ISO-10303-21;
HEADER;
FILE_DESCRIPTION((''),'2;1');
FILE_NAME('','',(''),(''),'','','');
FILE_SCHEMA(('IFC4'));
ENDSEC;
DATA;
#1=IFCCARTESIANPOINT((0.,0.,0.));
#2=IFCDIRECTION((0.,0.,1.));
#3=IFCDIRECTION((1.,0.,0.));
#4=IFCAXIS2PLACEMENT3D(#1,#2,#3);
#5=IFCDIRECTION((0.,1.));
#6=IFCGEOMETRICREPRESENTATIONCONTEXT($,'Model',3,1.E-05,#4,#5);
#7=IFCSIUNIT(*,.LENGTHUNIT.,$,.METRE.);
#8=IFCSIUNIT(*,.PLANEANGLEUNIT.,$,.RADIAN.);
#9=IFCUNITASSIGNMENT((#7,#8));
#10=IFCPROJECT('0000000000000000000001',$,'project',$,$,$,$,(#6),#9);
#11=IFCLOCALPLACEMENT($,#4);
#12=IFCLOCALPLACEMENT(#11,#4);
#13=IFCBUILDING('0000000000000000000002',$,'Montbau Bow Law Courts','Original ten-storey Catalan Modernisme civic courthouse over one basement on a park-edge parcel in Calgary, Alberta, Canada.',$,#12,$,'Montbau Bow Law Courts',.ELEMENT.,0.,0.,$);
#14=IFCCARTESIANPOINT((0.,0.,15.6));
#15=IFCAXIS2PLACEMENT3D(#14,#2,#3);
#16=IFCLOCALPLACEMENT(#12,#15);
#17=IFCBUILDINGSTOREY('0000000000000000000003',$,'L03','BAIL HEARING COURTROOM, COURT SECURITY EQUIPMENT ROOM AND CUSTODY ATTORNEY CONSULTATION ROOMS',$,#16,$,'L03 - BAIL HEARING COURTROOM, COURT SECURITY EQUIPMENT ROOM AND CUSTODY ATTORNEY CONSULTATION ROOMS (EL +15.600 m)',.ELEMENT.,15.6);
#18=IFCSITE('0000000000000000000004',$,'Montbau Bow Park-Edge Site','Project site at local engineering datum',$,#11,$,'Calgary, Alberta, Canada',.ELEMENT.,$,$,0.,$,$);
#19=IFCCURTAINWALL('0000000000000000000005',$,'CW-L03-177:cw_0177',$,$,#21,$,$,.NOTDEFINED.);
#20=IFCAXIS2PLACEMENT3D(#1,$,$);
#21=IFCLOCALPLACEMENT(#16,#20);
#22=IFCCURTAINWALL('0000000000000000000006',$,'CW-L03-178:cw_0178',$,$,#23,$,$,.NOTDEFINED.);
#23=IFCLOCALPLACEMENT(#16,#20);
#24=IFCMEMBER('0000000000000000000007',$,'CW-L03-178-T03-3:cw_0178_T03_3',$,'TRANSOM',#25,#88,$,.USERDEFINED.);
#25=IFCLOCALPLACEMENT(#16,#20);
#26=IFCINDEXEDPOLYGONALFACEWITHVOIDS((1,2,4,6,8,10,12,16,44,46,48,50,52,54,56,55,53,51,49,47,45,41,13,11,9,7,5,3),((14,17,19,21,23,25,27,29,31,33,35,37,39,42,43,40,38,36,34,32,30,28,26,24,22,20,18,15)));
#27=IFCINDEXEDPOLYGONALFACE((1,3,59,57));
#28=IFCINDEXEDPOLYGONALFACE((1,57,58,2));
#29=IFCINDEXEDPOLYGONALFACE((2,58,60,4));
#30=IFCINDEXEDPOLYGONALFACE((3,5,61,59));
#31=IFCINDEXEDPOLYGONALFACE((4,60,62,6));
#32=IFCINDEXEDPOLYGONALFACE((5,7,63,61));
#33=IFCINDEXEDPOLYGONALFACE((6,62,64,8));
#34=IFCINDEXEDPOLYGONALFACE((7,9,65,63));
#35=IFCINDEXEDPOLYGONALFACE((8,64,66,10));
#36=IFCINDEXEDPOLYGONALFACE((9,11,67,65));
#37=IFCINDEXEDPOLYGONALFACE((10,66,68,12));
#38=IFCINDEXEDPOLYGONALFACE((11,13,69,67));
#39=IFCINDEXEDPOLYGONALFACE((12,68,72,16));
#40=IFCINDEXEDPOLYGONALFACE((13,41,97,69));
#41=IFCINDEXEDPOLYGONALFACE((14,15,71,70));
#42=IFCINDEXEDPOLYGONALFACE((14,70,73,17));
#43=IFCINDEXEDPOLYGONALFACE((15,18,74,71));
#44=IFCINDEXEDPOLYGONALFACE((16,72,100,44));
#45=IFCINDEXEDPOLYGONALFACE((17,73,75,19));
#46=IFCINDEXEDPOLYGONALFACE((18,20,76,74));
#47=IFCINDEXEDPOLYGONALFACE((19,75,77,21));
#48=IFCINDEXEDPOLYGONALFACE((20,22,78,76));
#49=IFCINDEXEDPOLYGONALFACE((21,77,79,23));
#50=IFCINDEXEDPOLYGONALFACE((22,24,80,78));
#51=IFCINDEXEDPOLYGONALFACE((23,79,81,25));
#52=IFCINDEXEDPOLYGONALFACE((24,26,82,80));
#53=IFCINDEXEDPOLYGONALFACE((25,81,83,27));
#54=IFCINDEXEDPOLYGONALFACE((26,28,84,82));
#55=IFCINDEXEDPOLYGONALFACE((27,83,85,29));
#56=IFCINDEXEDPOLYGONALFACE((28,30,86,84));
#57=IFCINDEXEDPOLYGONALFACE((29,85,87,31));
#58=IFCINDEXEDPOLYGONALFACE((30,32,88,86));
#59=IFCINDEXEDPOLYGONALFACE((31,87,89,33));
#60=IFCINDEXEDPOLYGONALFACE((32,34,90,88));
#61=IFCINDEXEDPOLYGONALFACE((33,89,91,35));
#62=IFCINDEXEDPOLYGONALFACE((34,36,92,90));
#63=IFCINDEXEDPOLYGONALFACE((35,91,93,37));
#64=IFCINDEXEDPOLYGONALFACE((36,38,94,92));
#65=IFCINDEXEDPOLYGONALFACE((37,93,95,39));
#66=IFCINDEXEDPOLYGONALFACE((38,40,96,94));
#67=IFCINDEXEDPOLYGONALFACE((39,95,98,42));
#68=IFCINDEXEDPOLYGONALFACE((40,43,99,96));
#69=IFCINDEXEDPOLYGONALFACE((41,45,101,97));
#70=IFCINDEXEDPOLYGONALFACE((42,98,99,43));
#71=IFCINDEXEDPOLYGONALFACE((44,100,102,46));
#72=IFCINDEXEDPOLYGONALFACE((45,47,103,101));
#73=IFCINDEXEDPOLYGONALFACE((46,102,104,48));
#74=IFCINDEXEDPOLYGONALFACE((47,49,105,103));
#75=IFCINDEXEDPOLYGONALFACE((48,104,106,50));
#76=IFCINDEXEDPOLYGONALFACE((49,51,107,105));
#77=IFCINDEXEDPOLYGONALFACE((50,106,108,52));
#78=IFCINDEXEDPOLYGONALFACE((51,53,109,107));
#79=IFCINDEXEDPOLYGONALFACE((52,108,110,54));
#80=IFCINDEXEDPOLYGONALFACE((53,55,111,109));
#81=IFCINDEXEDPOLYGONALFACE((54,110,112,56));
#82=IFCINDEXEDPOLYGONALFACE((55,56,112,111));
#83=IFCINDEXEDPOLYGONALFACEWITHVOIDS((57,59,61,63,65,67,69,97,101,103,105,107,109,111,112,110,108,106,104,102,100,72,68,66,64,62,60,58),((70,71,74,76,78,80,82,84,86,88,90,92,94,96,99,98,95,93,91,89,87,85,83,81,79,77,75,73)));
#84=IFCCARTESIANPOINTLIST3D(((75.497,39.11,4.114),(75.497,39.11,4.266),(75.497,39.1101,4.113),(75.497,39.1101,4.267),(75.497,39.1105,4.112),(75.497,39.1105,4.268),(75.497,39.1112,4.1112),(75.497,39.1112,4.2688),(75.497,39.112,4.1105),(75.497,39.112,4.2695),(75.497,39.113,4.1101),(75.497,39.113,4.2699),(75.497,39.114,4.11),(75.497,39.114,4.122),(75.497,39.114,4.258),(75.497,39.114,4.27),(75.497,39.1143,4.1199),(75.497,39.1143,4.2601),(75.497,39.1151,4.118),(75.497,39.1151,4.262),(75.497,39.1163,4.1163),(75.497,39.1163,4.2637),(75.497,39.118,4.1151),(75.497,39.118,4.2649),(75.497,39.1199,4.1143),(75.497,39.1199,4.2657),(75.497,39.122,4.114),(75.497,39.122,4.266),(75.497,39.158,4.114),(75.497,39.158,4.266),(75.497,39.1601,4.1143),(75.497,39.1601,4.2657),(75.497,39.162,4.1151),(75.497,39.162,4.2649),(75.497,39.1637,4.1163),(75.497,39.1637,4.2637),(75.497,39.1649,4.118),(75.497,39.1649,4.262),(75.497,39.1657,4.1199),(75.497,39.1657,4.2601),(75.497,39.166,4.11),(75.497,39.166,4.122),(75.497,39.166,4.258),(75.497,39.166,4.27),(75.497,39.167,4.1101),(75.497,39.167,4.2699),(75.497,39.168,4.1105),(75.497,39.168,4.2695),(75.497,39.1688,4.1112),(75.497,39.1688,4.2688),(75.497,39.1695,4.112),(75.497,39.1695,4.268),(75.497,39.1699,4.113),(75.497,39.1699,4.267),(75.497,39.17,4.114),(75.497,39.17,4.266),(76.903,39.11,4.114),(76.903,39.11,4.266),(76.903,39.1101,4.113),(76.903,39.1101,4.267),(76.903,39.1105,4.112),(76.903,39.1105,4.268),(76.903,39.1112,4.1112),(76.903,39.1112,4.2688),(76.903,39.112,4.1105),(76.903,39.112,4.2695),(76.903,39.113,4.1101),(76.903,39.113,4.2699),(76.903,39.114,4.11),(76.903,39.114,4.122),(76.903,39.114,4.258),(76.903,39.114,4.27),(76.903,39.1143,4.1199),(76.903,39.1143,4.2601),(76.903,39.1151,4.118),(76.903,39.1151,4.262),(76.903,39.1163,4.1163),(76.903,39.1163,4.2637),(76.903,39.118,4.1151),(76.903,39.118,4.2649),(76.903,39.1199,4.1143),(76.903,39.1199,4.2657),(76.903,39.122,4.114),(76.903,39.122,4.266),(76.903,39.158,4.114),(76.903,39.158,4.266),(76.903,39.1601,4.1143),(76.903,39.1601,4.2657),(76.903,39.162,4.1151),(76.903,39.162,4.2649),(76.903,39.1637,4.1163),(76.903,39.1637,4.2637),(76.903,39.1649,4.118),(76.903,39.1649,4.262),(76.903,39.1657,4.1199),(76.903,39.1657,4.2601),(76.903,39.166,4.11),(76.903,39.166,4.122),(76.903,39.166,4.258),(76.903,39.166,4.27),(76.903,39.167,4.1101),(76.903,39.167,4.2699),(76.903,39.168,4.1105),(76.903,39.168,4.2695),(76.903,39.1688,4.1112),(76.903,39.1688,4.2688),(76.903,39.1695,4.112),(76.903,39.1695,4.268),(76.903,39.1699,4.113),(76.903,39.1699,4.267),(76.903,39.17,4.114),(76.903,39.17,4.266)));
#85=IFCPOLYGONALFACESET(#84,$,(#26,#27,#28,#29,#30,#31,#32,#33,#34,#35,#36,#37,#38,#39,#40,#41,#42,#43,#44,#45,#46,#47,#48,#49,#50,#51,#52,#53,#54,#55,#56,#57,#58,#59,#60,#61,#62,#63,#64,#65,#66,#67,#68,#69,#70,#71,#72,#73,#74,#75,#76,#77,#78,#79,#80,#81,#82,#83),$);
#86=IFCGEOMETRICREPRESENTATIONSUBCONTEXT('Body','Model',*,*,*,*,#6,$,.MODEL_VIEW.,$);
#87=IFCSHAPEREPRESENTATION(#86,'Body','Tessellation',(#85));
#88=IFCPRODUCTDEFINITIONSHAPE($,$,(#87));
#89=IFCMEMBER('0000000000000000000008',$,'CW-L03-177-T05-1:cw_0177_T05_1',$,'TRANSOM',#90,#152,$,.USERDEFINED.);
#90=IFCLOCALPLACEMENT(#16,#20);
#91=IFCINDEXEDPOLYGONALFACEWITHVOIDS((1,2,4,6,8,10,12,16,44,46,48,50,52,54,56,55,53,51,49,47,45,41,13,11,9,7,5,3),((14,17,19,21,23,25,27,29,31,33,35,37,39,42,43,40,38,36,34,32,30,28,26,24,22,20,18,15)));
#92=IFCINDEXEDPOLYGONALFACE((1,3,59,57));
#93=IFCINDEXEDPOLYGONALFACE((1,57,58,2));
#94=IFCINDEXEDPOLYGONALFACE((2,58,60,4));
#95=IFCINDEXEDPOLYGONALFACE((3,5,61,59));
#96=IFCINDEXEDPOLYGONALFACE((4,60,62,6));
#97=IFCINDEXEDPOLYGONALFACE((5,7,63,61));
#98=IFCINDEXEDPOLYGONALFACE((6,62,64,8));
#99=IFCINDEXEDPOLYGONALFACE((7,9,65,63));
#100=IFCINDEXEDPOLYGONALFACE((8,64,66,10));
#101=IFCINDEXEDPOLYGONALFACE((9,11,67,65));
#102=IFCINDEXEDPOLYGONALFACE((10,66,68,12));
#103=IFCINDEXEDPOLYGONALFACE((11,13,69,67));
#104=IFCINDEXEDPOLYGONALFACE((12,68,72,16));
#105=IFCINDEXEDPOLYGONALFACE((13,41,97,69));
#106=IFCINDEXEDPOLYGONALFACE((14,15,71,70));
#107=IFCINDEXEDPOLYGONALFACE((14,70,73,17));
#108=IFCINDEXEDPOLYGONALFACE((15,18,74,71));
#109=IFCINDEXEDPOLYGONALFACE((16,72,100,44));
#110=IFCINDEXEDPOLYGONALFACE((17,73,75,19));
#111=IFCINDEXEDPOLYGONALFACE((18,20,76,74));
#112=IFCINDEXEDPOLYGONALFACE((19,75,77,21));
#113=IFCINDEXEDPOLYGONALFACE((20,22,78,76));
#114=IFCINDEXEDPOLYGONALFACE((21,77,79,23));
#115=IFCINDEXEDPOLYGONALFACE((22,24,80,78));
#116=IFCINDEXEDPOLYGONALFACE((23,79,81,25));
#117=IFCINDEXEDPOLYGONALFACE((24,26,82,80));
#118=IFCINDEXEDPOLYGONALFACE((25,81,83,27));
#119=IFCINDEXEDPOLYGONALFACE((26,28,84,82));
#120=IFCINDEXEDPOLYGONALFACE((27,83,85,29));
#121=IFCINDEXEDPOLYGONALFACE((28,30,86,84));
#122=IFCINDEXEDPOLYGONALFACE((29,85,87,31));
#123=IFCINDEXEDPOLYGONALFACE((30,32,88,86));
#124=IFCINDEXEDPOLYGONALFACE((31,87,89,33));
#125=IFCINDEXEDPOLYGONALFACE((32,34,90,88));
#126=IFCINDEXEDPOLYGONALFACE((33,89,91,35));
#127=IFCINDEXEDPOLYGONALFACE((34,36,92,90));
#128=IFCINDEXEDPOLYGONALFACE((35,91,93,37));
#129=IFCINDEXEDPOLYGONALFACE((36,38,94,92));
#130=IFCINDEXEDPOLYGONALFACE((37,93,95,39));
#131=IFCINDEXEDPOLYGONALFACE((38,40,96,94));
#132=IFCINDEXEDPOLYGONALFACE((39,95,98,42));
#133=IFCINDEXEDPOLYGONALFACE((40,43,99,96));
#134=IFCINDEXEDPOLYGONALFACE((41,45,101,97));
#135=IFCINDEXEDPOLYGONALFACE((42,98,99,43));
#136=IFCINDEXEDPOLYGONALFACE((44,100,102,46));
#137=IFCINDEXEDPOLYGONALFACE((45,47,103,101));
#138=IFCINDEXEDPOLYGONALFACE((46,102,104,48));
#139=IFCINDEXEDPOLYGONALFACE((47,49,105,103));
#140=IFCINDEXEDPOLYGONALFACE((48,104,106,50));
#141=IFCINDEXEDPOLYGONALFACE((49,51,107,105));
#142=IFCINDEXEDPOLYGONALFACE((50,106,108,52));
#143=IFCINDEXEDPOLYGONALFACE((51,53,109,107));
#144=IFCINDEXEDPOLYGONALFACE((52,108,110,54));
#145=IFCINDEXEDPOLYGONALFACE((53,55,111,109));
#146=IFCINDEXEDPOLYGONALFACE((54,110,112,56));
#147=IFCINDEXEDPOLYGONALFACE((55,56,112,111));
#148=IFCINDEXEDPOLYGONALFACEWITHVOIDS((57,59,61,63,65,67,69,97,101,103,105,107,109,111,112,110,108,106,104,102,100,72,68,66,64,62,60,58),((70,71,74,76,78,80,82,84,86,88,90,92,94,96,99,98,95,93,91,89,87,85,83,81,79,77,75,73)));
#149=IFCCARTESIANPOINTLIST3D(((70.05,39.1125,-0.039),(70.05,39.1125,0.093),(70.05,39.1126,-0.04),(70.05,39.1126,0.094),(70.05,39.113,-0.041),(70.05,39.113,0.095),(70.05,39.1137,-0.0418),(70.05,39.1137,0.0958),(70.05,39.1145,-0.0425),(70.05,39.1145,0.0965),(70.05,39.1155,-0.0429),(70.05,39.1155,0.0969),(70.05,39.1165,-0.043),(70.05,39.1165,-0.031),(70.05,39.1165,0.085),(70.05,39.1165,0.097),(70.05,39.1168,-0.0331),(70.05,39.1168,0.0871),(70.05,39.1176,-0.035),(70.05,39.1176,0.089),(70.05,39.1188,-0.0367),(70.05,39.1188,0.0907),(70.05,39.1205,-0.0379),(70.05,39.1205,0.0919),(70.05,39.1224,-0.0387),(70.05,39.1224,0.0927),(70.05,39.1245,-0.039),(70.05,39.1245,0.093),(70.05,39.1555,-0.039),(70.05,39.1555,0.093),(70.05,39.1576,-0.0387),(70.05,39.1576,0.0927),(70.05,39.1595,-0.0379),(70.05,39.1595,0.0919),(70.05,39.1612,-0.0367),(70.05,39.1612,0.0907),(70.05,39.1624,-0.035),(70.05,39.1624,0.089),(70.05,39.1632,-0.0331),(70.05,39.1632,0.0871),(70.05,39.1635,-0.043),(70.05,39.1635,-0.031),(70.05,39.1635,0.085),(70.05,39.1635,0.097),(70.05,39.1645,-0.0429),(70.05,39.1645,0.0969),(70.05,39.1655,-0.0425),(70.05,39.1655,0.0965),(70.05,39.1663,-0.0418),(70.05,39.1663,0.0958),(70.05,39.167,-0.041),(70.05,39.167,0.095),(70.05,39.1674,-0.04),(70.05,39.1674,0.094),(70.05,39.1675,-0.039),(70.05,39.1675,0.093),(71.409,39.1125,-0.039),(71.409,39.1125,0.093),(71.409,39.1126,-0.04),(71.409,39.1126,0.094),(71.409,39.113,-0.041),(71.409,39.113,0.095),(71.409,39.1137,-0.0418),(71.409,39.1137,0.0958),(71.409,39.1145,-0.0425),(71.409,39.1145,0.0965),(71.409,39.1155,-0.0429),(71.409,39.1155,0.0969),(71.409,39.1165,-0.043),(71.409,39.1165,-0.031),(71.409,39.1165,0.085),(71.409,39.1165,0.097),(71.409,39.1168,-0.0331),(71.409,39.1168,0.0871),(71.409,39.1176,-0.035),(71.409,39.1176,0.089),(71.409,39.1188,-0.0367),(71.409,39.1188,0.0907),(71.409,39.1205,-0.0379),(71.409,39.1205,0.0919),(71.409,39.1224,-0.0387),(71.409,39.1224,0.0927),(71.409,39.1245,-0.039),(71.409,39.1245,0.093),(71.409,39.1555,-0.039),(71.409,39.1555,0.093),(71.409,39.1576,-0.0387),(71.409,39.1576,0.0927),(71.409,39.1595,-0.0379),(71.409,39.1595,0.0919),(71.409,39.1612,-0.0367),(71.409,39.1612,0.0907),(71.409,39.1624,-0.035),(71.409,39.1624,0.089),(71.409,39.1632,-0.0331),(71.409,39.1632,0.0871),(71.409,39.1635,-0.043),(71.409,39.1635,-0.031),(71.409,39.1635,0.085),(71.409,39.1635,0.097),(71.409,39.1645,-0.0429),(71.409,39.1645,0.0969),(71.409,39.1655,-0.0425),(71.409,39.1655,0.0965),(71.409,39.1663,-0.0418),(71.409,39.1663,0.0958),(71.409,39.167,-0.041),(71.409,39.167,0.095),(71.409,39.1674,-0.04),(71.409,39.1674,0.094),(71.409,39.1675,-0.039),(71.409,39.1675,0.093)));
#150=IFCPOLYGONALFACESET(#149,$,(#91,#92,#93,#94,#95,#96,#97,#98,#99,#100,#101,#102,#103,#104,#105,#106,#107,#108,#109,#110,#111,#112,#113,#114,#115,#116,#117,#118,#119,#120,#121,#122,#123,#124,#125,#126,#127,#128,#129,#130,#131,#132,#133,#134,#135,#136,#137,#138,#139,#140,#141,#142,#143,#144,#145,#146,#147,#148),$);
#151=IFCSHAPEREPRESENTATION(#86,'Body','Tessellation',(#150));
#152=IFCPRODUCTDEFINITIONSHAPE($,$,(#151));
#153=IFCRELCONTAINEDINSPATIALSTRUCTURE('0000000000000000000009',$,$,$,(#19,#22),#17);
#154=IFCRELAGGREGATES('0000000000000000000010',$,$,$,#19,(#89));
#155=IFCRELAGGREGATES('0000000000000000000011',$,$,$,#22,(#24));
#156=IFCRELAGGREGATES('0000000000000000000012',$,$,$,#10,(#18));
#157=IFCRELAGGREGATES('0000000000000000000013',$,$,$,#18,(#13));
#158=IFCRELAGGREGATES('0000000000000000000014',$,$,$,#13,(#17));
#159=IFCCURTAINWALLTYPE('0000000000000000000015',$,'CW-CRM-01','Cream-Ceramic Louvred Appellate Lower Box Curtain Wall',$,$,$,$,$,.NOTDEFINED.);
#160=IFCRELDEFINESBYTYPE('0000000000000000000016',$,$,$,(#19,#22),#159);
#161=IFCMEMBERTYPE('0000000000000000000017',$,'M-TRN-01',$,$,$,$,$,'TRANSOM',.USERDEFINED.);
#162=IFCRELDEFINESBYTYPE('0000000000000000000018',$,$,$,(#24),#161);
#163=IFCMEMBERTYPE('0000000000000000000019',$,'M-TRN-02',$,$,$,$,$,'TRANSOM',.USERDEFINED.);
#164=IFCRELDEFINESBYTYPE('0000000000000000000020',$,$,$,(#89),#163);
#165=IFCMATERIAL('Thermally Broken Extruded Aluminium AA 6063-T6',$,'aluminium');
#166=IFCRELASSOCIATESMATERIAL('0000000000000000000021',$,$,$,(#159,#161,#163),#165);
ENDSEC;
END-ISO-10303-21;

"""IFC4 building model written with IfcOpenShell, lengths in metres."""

from ifc_helpers import new_model, si_unit, direction, frame, origin_with_axes, origin_2d_with_axis, place, context, subcontext, project, spatial, hollow_rectangle, extrude, material, material_profile, profile_set, type_object, element, aggregate, save


model = new_model("IFC4")

# Units and contexts
model_context = context("Model", 3, precision=1e-05, world=origin_with_axes(), true_north=direction((0.0, 1.0)))
body_context = subcontext(model_context, "Body", "Model", "MODEL_VIEW")
ifc_project = project(units=[si_unit("LENGTHUNIT", "METRE"), si_unit("PLANEANGLEUNIT", "RADIAN")], contexts=[model_context])

# Site, building, storey
site_placement = place(None, origin_with_axes())
site = spatial("IfcSite", under=ifc_project, at=site_placement, Name="Montbau Bow Park-Edge Site", Description="Project site at local engineering datum", LongName="Calgary, Alberta, Canada", CompositionType="ELEMENT", RefElevation=0.0)
building_placement = place(site_placement, origin_with_axes())
building = spatial("IfcBuilding", under=site, at=building_placement, Name="Montbau Bow Law Courts", Description="Original ten-storey Catalan Modernisme civic courthouse over one basement on a park-edge parcel in Calgary, Alberta, Canada.", LongName="Montbau Bow Law Courts", CompositionType="ELEMENT", ElevationOfRefHeight=0.0, ElevationOfTerrain=0.0)
storey_placement = place(building_placement, frame((0.0, 0.0, 15.6), z_axis=(0.0, 0.0, 1.0), x_axis=(1.0, 0.0, 0.0)))
storey = spatial("IfcBuildingStorey", under=building, at=storey_placement, Name="L03", Description="BAIL HEARING COURTROOM, COURT SECURITY EQUIPMENT ROOM AND CUSTODY ATTORNEY CONSULTATION ROOMS", LongName="L03 - BAIL HEARING COURTROOM, COURT SECURITY EQUIPMENT ROOM AND CUSTODY ATTORNEY CONSULTATION ROOMS (EL +15.600 m)", CompositionType="ELEMENT", Elevation=15.6)

# Curtain wall
ifc_material_1 = material(Name="Thermally Broken Extruded Aluminium AA 6063-T6", Category="aluminium")
curtain_wall_type = type_object("IfcCurtainWallType", Name="CW-CRM-01", Description="Cream-Ceramic Louvred Appellate Lower Box Curtain Wall", PredefinedType="NOTDEFINED", material=ifc_material_1)
curtain_wall_1_placement = place(None, frame((64.115, 39.14, 15.6), z_axis=(0.0, 0.0, 1.0), x_axis=(1.0, 0.0, 0.0)))
curtain_wall_1 = element("IfcCurtainWall", 1, at=curtain_wall_1_placement, inside=storey, type_object=curtain_wall_type, Name="CW-L03-177:cw_0177", PredefinedType="NOTDEFINED")

# Curtain wall, member
curtain_wall_2_placement = place(None, frame((72.515, 39.14, 15.6), z_axis=(0.0, 0.0, 1.0), x_axis=(1.0, 0.0, 0.0)))
curtain_wall_2 = element("IfcCurtainWall", 2, at=curtain_wall_2_placement, inside=storey, type_object=curtain_wall_type, Name="CW-L03-178:cw_0178", PredefinedType="NOTDEFINED")
ifc_material_profile_1 = material_profile(ifc_material_1, hollow_rectangle(XDim=0.06, YDim=0.16, WallThickness=0.004, InnerFilletRadius=0.008, OuterFilletRadius=0.004, at=origin_2d_with_axis()), Name="CWT-160X60", Category="Main", Priority=0)
ifc_profile_set_1 = profile_set([ifc_material_profile_1], Name="Thermally Broken Extruded Aluminium AA 6063-T6")
member_type_1 = type_object("IfcMemberType", Name="M-TRN-01", ElementType="TRANSOM", PredefinedType="USERDEFINED", material=ifc_profile_set_1)
member_1_placement = place(None, frame((75.497, 39.14, 19.79), z_axis=(1.0, 0.0, 0.0), x_axis=(0.0, 1.0, 0.0)))
member_1 = element("IfcMember", 3, at=member_1_placement, type_object=member_type_1, Name="CW-L03-178-T03-3:cw_0178_T03_3", ObjectType="TRANSOM", PredefinedType="USERDEFINED", context=body_context, shape_type="SweptSolid", body=[
    extrude(hollow_rectangle(XDim=0.06, YDim=0.16, WallThickness=0.004, InnerFilletRadius=0.008, OuterFilletRadius=0.004, at=origin_2d_with_axis()), origin_with_axes(), (0.0, 0.0, 1.0), 1.406),
])

# Member
ifc_material_profile_2 = material_profile(ifc_material_1, hollow_rectangle(XDim=0.055, YDim=0.14, WallThickness=0.004, InnerFilletRadius=0.008, OuterFilletRadius=0.004, at=origin_2d_with_axis()), Name="CWT-140X55", Category="Main", Priority=0)
ifc_profile_set_2 = profile_set([ifc_material_profile_2], Name="Thermally Broken Extruded Aluminium AA 6063-T6")
member_type_2 = type_object("IfcMemberType", Name="M-TRN-02", ElementType="TRANSOM", PredefinedType="USERDEFINED", material=ifc_profile_set_2)
member_2_placement = place(None, frame((70.05, 39.14, 15.627), z_axis=(1.0, 0.0, 0.0), x_axis=(0.0, 1.0, 0.0)))
member_2 = element("IfcMember", 4, at=member_2_placement, type_object=member_type_2, Name="CW-L03-177-T05-1:cw_0177_T05_1", ObjectType="TRANSOM", PredefinedType="USERDEFINED", context=body_context, shape_type="SweptSolid", body=[
    extrude(hollow_rectangle(XDim=0.055, YDim=0.14, WallThickness=0.004, InnerFilletRadius=0.008, OuterFilletRadius=0.004, at=origin_2d_with_axis()), origin_with_axes(), (0.0, 0.0, 1.0), 1.359),
])

aggregate(curtain_wall_1, [member_2])
aggregate(curtain_wall_2, [member_1])

save(model, "model.ifc")
